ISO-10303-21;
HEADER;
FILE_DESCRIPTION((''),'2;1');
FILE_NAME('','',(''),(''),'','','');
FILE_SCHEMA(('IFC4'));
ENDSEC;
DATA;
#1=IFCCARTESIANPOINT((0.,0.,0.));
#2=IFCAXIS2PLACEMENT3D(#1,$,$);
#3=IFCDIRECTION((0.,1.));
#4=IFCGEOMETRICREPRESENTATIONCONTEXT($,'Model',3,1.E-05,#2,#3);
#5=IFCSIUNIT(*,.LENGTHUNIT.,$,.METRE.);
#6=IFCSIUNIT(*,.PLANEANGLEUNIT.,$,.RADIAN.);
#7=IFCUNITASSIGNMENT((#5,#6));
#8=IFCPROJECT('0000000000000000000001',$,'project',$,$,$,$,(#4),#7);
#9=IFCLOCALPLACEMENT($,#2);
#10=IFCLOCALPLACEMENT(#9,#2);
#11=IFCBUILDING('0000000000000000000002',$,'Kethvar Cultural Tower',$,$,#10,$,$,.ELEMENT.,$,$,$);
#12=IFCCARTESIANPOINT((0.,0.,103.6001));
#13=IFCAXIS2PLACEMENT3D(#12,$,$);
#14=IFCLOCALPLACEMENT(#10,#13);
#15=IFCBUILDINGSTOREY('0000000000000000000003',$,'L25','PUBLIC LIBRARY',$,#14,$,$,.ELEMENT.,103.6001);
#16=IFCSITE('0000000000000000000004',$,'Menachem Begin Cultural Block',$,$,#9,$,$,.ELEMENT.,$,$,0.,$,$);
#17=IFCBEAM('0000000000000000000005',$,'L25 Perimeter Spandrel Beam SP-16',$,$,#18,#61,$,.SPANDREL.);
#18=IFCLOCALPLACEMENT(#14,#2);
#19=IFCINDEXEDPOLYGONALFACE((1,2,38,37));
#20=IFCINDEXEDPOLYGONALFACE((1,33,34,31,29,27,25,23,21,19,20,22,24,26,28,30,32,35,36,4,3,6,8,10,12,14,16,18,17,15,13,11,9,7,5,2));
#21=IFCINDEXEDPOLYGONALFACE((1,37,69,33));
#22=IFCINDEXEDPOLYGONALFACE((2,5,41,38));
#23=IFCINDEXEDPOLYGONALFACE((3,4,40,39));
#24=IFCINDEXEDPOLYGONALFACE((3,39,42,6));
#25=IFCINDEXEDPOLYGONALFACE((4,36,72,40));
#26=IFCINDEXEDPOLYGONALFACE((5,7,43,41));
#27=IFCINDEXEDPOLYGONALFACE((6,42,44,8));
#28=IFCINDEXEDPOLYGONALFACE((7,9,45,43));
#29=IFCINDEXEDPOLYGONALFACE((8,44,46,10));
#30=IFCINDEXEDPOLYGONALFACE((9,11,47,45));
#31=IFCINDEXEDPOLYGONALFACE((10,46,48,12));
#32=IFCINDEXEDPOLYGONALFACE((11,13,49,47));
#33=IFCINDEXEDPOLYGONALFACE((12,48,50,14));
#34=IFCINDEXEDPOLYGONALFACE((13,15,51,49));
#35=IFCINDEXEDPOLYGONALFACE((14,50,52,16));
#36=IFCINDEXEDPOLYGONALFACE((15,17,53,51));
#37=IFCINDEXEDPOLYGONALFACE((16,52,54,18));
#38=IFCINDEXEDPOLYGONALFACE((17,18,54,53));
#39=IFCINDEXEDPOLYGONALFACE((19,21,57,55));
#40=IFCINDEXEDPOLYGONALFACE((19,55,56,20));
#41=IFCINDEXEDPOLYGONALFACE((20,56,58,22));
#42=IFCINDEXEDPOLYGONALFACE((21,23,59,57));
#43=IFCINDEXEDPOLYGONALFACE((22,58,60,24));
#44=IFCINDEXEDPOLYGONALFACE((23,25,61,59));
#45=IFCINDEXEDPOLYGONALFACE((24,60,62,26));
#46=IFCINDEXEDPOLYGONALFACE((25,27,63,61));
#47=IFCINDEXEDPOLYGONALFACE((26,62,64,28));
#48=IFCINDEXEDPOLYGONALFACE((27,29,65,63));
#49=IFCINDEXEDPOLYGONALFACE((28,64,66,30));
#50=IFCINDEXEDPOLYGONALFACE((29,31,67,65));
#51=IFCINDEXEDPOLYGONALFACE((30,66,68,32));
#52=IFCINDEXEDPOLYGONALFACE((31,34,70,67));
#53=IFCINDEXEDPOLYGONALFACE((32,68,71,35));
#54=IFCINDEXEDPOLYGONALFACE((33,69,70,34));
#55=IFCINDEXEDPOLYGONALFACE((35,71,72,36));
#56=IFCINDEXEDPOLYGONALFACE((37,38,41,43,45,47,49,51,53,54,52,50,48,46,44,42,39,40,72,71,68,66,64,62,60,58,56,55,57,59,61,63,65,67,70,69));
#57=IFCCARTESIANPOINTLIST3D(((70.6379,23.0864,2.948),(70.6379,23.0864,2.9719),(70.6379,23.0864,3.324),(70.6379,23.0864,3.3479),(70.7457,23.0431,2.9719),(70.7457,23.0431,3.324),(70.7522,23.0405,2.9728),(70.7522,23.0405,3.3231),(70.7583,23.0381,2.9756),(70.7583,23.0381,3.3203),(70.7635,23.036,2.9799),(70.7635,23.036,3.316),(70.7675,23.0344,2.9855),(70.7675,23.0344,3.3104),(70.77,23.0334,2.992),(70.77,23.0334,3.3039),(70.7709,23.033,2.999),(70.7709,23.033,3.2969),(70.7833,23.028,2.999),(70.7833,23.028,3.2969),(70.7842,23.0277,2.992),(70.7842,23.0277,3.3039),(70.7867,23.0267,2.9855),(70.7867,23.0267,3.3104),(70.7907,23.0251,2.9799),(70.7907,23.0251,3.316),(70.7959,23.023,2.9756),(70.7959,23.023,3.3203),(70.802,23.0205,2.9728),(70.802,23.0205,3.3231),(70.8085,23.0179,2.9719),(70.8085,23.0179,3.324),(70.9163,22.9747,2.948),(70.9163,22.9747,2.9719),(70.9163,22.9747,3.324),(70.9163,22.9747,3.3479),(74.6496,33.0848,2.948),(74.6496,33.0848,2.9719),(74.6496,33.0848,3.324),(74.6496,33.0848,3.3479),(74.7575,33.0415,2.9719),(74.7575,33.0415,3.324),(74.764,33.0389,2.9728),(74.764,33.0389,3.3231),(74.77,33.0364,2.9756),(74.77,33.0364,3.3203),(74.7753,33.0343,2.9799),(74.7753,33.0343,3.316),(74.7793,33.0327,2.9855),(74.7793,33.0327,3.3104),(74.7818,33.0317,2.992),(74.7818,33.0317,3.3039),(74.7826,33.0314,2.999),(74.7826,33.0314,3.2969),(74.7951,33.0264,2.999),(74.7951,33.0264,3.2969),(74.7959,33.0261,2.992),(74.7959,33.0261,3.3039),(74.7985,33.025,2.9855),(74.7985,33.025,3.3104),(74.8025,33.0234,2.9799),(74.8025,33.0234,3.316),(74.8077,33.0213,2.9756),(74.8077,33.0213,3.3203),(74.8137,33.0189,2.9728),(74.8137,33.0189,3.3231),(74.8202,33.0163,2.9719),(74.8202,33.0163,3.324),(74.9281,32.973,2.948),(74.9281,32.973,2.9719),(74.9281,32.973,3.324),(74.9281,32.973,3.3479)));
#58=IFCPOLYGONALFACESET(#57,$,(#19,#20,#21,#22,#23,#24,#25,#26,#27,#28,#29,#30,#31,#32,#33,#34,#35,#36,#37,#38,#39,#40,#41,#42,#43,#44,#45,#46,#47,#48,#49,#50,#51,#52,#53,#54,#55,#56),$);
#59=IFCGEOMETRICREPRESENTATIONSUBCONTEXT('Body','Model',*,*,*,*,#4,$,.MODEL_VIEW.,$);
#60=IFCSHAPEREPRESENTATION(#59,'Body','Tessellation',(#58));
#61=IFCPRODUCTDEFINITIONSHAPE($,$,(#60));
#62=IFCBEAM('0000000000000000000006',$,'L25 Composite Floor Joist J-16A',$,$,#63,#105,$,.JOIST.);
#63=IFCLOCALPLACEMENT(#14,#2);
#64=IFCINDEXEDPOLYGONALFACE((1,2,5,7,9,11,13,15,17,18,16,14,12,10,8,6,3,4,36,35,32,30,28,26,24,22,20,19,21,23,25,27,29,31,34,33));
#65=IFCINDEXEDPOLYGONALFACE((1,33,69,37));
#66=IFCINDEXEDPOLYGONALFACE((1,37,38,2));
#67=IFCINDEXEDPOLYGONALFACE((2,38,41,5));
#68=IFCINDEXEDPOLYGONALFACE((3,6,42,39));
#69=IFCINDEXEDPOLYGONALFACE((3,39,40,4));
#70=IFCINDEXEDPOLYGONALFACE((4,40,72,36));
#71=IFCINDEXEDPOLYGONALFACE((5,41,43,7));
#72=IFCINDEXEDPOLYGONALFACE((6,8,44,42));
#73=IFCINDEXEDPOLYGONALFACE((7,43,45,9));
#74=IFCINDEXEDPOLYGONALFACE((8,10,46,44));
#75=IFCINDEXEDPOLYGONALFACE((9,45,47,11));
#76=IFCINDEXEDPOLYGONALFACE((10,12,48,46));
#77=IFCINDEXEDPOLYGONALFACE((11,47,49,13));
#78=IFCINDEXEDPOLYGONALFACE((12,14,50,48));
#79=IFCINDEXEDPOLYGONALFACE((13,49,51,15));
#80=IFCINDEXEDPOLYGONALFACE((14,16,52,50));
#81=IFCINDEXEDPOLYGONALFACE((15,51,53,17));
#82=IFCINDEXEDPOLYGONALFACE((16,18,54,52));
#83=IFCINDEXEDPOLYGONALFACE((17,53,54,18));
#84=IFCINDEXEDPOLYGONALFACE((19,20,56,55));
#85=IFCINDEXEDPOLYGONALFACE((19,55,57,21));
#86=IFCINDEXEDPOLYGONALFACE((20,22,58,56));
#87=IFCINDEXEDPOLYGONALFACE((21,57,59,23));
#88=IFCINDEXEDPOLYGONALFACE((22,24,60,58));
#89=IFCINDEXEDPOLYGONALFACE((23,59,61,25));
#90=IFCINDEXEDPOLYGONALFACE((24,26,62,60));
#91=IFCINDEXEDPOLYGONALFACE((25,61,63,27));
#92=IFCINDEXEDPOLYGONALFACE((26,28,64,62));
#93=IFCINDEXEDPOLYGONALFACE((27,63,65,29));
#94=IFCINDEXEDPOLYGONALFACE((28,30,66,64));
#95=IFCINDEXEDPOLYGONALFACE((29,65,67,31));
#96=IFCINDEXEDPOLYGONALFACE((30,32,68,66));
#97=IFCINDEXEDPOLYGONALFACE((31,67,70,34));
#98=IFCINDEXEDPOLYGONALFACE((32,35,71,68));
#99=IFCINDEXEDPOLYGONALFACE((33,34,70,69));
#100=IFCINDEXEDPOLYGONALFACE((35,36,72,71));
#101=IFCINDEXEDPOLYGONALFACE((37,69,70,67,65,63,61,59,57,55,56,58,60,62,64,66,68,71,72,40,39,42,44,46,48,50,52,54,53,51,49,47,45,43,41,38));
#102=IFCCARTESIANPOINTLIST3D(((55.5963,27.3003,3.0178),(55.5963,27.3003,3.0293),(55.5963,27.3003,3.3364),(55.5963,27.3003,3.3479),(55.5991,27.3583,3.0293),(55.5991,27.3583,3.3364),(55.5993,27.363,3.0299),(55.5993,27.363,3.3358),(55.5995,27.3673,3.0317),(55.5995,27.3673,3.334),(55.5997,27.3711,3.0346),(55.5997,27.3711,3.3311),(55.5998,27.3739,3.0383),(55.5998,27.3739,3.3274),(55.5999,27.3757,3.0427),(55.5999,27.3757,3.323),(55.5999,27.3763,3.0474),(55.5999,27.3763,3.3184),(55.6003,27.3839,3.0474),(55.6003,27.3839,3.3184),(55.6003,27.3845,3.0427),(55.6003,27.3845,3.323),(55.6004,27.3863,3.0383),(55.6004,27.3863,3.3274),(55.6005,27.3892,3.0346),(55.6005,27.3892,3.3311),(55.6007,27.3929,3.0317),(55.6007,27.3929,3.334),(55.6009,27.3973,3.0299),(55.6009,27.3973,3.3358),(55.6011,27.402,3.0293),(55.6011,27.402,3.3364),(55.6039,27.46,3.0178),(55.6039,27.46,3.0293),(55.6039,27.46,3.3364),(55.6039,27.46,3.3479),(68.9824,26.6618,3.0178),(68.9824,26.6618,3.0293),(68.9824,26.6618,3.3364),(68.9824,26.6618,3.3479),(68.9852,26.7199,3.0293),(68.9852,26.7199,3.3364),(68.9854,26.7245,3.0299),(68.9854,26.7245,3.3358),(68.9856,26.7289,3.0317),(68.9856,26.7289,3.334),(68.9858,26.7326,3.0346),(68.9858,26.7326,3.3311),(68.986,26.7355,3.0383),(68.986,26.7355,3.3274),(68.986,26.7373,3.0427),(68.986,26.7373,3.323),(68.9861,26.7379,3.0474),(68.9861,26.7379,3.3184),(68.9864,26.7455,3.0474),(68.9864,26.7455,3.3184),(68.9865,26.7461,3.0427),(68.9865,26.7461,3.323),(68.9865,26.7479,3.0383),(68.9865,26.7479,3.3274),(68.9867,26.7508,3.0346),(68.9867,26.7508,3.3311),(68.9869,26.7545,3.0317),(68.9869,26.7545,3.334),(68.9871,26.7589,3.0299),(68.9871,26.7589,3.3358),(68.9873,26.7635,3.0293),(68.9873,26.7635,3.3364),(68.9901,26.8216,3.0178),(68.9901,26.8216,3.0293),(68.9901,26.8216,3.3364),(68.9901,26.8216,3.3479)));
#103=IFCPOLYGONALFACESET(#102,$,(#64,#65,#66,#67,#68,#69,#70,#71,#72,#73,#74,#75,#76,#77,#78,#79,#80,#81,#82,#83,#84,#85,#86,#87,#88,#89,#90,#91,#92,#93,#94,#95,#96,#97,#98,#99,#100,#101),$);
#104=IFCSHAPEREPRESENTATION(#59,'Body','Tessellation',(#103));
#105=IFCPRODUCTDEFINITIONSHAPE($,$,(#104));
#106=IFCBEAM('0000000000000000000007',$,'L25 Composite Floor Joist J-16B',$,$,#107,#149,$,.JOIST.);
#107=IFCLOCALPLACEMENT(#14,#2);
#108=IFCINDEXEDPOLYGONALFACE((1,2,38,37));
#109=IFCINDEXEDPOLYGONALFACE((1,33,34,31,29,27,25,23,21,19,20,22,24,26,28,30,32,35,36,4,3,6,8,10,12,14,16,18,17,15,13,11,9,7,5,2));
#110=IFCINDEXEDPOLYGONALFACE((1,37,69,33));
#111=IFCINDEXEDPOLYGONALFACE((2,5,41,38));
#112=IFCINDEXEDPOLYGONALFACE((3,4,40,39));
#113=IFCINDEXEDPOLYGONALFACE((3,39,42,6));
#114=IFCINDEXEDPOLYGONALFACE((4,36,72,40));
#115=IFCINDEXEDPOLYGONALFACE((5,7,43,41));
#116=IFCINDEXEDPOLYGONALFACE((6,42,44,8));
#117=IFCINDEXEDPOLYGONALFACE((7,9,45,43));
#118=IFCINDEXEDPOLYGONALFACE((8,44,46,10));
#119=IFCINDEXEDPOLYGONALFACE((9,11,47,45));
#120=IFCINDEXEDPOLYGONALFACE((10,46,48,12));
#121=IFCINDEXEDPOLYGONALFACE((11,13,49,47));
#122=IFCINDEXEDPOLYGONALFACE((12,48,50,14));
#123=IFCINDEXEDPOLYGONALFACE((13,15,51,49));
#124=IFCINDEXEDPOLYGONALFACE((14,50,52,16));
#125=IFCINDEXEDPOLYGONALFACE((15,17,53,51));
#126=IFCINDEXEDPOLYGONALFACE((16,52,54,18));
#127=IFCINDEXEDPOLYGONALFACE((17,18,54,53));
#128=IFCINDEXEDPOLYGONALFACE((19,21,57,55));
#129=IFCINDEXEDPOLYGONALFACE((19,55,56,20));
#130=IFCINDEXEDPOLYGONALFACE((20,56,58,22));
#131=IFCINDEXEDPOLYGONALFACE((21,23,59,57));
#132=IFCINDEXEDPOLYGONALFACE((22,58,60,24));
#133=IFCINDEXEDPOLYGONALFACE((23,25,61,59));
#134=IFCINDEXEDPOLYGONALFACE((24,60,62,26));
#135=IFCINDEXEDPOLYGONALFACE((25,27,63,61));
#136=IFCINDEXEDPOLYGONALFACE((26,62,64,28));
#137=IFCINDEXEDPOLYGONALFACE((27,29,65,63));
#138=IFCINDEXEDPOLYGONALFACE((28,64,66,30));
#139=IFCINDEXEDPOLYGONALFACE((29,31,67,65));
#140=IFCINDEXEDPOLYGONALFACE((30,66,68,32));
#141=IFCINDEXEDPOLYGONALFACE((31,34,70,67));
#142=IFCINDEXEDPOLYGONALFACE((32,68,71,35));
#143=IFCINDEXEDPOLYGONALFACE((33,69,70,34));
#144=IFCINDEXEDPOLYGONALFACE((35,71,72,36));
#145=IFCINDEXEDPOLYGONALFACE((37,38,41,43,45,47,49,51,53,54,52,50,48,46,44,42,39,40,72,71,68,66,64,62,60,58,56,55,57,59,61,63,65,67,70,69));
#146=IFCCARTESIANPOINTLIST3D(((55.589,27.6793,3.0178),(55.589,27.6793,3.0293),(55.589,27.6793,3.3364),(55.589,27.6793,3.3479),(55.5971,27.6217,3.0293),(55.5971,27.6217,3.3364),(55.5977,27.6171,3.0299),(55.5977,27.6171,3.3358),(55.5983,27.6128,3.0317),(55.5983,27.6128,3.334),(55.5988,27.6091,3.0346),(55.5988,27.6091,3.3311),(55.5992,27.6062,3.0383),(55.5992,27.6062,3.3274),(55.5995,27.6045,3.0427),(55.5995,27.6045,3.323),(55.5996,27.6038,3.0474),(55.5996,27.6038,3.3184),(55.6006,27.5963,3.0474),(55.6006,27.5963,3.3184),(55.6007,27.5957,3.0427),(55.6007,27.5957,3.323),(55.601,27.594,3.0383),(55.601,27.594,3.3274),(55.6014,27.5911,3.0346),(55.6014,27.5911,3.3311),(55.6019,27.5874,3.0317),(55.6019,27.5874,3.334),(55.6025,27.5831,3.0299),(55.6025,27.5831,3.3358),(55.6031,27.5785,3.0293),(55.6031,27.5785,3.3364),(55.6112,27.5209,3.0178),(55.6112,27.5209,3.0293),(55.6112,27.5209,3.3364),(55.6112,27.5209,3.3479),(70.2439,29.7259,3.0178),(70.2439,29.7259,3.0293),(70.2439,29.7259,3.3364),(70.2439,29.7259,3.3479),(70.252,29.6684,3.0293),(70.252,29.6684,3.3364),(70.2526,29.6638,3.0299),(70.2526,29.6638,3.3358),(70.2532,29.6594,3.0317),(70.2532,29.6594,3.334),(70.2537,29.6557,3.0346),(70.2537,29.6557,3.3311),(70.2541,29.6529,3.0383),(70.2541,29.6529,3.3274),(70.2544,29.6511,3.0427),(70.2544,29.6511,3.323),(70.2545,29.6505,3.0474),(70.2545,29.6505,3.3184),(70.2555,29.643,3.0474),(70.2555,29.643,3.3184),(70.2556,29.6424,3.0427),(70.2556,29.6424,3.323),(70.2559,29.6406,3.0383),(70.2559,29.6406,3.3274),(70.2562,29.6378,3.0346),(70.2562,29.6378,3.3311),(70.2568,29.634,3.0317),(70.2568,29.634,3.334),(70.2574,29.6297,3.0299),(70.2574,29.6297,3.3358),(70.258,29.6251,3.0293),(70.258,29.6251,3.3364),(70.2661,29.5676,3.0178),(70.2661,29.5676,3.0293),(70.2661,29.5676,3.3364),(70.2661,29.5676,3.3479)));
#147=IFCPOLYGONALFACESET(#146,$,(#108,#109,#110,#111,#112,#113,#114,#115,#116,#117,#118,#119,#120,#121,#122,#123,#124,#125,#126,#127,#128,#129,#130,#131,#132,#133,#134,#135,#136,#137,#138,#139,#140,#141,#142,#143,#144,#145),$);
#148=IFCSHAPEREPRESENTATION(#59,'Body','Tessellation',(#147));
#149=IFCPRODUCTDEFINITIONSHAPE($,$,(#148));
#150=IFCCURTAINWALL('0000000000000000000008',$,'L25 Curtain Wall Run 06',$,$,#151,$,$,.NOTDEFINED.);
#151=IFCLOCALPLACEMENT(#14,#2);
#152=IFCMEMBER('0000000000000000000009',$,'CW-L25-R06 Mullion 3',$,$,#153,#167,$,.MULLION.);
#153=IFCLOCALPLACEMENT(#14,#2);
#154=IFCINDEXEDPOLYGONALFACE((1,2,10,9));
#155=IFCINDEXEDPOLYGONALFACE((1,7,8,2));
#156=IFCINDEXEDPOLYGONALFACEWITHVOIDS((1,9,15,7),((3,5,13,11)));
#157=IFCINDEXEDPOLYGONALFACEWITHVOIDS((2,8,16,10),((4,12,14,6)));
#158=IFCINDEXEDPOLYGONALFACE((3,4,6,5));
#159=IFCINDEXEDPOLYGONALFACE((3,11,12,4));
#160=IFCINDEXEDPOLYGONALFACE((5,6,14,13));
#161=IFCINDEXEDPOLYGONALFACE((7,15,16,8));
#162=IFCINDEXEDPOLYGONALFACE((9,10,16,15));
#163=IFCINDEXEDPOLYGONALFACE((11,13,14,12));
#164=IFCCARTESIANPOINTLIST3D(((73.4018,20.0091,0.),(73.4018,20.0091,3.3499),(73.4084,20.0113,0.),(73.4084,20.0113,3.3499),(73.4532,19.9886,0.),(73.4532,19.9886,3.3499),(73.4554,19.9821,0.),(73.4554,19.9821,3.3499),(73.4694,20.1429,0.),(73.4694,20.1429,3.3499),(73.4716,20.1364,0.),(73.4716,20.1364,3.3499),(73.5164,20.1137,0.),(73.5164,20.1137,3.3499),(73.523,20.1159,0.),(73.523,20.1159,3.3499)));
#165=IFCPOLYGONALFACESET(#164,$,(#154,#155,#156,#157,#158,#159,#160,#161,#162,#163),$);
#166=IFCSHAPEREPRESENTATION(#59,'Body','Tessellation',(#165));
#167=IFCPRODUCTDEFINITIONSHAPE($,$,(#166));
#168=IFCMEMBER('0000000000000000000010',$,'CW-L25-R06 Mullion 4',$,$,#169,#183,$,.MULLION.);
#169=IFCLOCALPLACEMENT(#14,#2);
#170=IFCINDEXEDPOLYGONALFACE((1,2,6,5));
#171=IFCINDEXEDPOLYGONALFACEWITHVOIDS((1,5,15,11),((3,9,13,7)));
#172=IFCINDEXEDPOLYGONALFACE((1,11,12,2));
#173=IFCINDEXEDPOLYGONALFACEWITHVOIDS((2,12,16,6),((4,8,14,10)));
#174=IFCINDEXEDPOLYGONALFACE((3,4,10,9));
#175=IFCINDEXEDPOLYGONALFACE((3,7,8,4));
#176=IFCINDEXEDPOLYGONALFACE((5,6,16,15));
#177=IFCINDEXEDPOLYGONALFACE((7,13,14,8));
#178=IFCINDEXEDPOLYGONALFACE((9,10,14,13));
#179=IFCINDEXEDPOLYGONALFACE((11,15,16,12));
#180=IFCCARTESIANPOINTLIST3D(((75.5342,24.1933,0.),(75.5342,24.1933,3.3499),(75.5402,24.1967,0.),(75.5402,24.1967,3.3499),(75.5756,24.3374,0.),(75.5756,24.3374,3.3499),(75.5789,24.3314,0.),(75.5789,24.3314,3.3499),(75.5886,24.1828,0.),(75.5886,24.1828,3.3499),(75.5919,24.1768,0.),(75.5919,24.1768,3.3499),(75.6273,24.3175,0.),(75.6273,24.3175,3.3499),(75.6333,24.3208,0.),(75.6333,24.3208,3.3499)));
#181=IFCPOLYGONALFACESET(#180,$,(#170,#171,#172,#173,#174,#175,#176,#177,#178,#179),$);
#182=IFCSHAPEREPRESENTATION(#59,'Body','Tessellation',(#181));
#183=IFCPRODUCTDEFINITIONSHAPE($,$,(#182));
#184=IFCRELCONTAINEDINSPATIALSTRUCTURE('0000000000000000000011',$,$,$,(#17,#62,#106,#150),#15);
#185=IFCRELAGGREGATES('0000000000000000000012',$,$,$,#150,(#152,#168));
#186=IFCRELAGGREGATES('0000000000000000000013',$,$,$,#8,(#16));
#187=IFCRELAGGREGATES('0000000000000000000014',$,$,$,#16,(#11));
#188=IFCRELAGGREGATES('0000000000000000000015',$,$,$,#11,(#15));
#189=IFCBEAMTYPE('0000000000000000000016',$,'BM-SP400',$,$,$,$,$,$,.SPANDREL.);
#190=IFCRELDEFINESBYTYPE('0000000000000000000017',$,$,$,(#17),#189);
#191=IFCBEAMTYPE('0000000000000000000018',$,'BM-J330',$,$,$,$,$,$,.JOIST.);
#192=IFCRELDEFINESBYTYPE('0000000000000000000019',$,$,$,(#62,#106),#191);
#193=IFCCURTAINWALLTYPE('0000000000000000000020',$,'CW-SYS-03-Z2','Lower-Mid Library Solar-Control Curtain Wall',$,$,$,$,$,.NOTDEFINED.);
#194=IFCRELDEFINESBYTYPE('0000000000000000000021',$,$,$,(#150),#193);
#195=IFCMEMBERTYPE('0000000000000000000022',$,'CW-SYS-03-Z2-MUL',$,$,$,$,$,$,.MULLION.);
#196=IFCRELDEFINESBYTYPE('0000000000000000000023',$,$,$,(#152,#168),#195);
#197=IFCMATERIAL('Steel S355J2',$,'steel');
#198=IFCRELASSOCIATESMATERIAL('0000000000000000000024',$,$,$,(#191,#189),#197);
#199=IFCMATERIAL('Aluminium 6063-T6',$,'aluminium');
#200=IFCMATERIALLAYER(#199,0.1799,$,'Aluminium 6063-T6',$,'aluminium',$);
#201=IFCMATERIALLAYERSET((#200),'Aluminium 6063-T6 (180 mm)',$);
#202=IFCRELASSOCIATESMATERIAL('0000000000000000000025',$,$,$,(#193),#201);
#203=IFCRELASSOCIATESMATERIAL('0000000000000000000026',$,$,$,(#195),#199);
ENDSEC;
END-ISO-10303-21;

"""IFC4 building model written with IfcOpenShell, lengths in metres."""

from ifc_helpers import new_model, si_unit, direction, frame, origin, origin_2d, place, context, subcontext, project, spatial, hollow_rectangle, i_section, extrude, source, transform, mapped, material, layer, layer_set, material_profile, profile_set, type_object, element, aggregate, save


model = new_model("IFC4")

# Units and contexts
model_context = context("Model", 3, precision=1e-05, world=origin(), true_north=direction((0.0, 1.0)))
body_context = subcontext(model_context, "Body", "Model", "MODEL_VIEW")
ifc_project = project(units=[si_unit("LENGTHUNIT", "METRE"), si_unit("PLANEANGLEUNIT", "RADIAN")], contexts=[model_context])

# Site, building, storey
site_placement = place(None, origin())
site = spatial("IfcSite", under=ifc_project, at=site_placement, Name="Menachem Begin Cultural Block", CompositionType="ELEMENT", RefElevation=0.0)
building_placement = place(site_placement, origin())
building = spatial("IfcBuilding", under=site, at=building_placement, Name="Kethvar Cultural Tower", CompositionType="ELEMENT")
storey_placement = place(building_placement, frame((0.0, 0.0, 103.6001)))
storey = spatial("IfcBuildingStorey", under=building, at=storey_placement, Name="L25", Description="PUBLIC LIBRARY", CompositionType="ELEMENT", Elevation=103.6001)

# Beams
ifc_material_1 = material(Name="Steel S355J2", Category="steel")
ifc_material_profile_1 = material_profile(ifc_material_1, i_section(OverallWidth=0.1599, OverallDepth=0.3301, WebThickness=0.0076, FlangeThickness=0.0115, FilletRadius=0.0181, at=origin_2d()), Name="Steel S355J2 — IPE330")
ifc_profile_set_1 = profile_set([ifc_material_profile_1], Name="Steel S355J2 — IPE330")
beam_type_1 = type_object("IfcBeamType", Name="BM-J330", PredefinedType="JOIST", material=ifc_profile_set_1)
ifc_material_profile_2 = material_profile(ifc_material_1, i_section(OverallWidth=0.3, OverallDepth=0.3999, WebThickness=0.0134, FlangeThickness=0.0239, FilletRadius=0.0271, at=origin_2d()), Name="Steel S355J2 — HEB400")
ifc_profile_set_2 = profile_set([ifc_material_profile_2], Name="Steel S355J2 — HEB400")
beam_type_2 = type_object("IfcBeamType", Name="BM-SP400", PredefinedType="SPANDREL", material=ifc_profile_set_2)
shared_shape_1 = source(origin(), body_context, "Body", "SweptSolid", [
    extrude(i_section(OverallWidth=0.3, OverallDepth=0.3999, WebThickness=0.0134, FlangeThickness=0.0239, FilletRadius=0.0271, at=origin_2d()), origin(), (0.0, 0.0, 1.0), 10.7732),
])
beam_1_placement = place(storey_placement, frame((70.7771, 23.0305, 3.1479), z_axis=(0.372383, 0.928079, 0.0), x_axis=(-0.928079, 0.372383, 0.0)))
element("IfcBeam", 1, at=beam_1_placement, inside=storey, type_object=beam_type_2, Name="L25 Perimeter Spandrel Beam SP-16", PredefinedType="SPANDREL", context=body_context, shape_type="MappedRepresentation", body=[
    mapped(shared_shape_1, transform((0.0, 0.0, 0.0), scale=1.0)),
])
shared_shape_2 = source(origin(), body_context, "Body", "SweptSolid", [
    extrude(i_section(OverallWidth=0.1599, OverallDepth=0.3301, WebThickness=0.0076, FlangeThickness=0.0115, FilletRadius=0.0181, at=origin_2d()), origin(), (0.0, 0.0, 1.0), 13.4014),
])
beam_2_placement = place(storey_placement, frame((55.6001, 27.3801, 3.1829), z_axis=(0.998865, -0.047639, 0.0), x_axis=(0.047639, 0.998865, 0.0)))
element("IfcBeam", 2, at=beam_2_placement, inside=storey, type_object=beam_type_1, Name="L25 Composite Floor Joist J-16A", PredefinedType="JOIST", context=body_context, shape_type="MappedRepresentation", body=[
    mapped(shared_shape_2, transform((0.0, 0.0, 0.0), scale=1.0)),
])
shared_shape_3 = source(origin(), body_context, "Body", "SweptSolid", [
    extrude(i_section(OverallWidth=0.1599, OverallDepth=0.3301, WebThickness=0.0076, FlangeThickness=0.0115, FilletRadius=0.0181, at=origin_2d()), origin(), (0.0, 0.0, 1.0), 14.7971),
])
beam_3_placement = place(storey_placement, frame((55.6001, 27.6001, 3.1829), z_axis=(0.990388, 0.138314, 0.0), x_axis=(-0.138314, 0.990388, 0.0)))
element("IfcBeam", 3, at=beam_3_placement, inside=storey, type_object=beam_type_1, Name="L25 Composite Floor Joist J-16B", PredefinedType="JOIST", context=body_context, shape_type="MappedRepresentation", body=[
    mapped(shared_shape_3, transform((0.0, 0.0, 0.0), scale=1.0)),
])

# Curtain wall, members
ifc_material_2 = material(Name="Aluminium 6063-T6", Category="aluminium")
ifc_layer_1 = layer(ifc_material_2, 0.1799, Name="Aluminium 6063-T6", Category="aluminium")
ifc_layer_set_1 = layer_set([ifc_layer_1], Name="Aluminium 6063-T6 (180 mm)")
curtain_wall_type = type_object("IfcCurtainWallType", Name="CW-SYS-03-Z2", Description="Lower-Mid Library Solar-Control Curtain Wall", PredefinedType="NOTDEFINED", material=ifc_layer_set_1)
curtain_wall_placement = place(storey_placement, origin())
curtain_wall = element("IfcCurtainWall", 4, at=curtain_wall_placement, inside=storey, type_object=curtain_wall_type, Name="L25 Curtain Wall Run 06", PredefinedType="NOTDEFINED")
ifc_material_profile_3 = material_profile(ifc_material_2, hollow_rectangle(XDim=0.0601, YDim=0.1499, WallThickness=0.0049, at=origin_2d()), Name="Aluminium 6063-T6 — RHS150x60x5")
ifc_profile_set_3 = profile_set([ifc_material_profile_3], Name="Aluminium 6063-T6 — RHS150x60x5")
member_type_1 = type_object("IfcMemberType", Name="CW-SYS-03-Z2-MUL", PredefinedType="MULLION", material=ifc_profile_set_3)
shared_shape_4 = source(origin(), body_context, "Body", "SweptSolid", [
    extrude(hollow_rectangle(XDim=0.0601, YDim=0.1499, WallThickness=0.0049, at=origin_2d()), origin(), (0.0, 0.0, 1.0), 3.3499),
])
member_1_placement = place(storey_placement, frame((73.4624, 20.0625, 0.0), z_axis=(0.0, 0.0, 1.0), x_axis=(-0.892546, 0.450955, 0.0)))
member_1 = element("IfcMember", 5, at=member_1_placement, type_object=member_type_1, Name="CW-L25-R06 Mullion 3", PredefinedType="MULLION", context=body_context, shape_type="MappedRepresentation", body=[
    mapped(shared_shape_4, transform((0.0, 0.0, 0.0), scale=1.0)),
])
member_2_placement = place(storey_placement, frame((75.5837, 24.2571, 0.0), z_axis=(0.0, 0.0, 1.0), x_axis=(-0.961088, 0.276241, 0.0)))
member_2 = element("IfcMember", 6, at=member_2_placement, type_object=member_type_1, Name="CW-L25-R06 Mullion 4", PredefinedType="MULLION", context=body_context, shape_type="MappedRepresentation", body=[
    mapped(shared_shape_4, transform((0.0, 0.0, 0.0), scale=1.0)),
])
aggregate(curtain_wall, [member_1, member_2])

save(model, "model.ifc")
